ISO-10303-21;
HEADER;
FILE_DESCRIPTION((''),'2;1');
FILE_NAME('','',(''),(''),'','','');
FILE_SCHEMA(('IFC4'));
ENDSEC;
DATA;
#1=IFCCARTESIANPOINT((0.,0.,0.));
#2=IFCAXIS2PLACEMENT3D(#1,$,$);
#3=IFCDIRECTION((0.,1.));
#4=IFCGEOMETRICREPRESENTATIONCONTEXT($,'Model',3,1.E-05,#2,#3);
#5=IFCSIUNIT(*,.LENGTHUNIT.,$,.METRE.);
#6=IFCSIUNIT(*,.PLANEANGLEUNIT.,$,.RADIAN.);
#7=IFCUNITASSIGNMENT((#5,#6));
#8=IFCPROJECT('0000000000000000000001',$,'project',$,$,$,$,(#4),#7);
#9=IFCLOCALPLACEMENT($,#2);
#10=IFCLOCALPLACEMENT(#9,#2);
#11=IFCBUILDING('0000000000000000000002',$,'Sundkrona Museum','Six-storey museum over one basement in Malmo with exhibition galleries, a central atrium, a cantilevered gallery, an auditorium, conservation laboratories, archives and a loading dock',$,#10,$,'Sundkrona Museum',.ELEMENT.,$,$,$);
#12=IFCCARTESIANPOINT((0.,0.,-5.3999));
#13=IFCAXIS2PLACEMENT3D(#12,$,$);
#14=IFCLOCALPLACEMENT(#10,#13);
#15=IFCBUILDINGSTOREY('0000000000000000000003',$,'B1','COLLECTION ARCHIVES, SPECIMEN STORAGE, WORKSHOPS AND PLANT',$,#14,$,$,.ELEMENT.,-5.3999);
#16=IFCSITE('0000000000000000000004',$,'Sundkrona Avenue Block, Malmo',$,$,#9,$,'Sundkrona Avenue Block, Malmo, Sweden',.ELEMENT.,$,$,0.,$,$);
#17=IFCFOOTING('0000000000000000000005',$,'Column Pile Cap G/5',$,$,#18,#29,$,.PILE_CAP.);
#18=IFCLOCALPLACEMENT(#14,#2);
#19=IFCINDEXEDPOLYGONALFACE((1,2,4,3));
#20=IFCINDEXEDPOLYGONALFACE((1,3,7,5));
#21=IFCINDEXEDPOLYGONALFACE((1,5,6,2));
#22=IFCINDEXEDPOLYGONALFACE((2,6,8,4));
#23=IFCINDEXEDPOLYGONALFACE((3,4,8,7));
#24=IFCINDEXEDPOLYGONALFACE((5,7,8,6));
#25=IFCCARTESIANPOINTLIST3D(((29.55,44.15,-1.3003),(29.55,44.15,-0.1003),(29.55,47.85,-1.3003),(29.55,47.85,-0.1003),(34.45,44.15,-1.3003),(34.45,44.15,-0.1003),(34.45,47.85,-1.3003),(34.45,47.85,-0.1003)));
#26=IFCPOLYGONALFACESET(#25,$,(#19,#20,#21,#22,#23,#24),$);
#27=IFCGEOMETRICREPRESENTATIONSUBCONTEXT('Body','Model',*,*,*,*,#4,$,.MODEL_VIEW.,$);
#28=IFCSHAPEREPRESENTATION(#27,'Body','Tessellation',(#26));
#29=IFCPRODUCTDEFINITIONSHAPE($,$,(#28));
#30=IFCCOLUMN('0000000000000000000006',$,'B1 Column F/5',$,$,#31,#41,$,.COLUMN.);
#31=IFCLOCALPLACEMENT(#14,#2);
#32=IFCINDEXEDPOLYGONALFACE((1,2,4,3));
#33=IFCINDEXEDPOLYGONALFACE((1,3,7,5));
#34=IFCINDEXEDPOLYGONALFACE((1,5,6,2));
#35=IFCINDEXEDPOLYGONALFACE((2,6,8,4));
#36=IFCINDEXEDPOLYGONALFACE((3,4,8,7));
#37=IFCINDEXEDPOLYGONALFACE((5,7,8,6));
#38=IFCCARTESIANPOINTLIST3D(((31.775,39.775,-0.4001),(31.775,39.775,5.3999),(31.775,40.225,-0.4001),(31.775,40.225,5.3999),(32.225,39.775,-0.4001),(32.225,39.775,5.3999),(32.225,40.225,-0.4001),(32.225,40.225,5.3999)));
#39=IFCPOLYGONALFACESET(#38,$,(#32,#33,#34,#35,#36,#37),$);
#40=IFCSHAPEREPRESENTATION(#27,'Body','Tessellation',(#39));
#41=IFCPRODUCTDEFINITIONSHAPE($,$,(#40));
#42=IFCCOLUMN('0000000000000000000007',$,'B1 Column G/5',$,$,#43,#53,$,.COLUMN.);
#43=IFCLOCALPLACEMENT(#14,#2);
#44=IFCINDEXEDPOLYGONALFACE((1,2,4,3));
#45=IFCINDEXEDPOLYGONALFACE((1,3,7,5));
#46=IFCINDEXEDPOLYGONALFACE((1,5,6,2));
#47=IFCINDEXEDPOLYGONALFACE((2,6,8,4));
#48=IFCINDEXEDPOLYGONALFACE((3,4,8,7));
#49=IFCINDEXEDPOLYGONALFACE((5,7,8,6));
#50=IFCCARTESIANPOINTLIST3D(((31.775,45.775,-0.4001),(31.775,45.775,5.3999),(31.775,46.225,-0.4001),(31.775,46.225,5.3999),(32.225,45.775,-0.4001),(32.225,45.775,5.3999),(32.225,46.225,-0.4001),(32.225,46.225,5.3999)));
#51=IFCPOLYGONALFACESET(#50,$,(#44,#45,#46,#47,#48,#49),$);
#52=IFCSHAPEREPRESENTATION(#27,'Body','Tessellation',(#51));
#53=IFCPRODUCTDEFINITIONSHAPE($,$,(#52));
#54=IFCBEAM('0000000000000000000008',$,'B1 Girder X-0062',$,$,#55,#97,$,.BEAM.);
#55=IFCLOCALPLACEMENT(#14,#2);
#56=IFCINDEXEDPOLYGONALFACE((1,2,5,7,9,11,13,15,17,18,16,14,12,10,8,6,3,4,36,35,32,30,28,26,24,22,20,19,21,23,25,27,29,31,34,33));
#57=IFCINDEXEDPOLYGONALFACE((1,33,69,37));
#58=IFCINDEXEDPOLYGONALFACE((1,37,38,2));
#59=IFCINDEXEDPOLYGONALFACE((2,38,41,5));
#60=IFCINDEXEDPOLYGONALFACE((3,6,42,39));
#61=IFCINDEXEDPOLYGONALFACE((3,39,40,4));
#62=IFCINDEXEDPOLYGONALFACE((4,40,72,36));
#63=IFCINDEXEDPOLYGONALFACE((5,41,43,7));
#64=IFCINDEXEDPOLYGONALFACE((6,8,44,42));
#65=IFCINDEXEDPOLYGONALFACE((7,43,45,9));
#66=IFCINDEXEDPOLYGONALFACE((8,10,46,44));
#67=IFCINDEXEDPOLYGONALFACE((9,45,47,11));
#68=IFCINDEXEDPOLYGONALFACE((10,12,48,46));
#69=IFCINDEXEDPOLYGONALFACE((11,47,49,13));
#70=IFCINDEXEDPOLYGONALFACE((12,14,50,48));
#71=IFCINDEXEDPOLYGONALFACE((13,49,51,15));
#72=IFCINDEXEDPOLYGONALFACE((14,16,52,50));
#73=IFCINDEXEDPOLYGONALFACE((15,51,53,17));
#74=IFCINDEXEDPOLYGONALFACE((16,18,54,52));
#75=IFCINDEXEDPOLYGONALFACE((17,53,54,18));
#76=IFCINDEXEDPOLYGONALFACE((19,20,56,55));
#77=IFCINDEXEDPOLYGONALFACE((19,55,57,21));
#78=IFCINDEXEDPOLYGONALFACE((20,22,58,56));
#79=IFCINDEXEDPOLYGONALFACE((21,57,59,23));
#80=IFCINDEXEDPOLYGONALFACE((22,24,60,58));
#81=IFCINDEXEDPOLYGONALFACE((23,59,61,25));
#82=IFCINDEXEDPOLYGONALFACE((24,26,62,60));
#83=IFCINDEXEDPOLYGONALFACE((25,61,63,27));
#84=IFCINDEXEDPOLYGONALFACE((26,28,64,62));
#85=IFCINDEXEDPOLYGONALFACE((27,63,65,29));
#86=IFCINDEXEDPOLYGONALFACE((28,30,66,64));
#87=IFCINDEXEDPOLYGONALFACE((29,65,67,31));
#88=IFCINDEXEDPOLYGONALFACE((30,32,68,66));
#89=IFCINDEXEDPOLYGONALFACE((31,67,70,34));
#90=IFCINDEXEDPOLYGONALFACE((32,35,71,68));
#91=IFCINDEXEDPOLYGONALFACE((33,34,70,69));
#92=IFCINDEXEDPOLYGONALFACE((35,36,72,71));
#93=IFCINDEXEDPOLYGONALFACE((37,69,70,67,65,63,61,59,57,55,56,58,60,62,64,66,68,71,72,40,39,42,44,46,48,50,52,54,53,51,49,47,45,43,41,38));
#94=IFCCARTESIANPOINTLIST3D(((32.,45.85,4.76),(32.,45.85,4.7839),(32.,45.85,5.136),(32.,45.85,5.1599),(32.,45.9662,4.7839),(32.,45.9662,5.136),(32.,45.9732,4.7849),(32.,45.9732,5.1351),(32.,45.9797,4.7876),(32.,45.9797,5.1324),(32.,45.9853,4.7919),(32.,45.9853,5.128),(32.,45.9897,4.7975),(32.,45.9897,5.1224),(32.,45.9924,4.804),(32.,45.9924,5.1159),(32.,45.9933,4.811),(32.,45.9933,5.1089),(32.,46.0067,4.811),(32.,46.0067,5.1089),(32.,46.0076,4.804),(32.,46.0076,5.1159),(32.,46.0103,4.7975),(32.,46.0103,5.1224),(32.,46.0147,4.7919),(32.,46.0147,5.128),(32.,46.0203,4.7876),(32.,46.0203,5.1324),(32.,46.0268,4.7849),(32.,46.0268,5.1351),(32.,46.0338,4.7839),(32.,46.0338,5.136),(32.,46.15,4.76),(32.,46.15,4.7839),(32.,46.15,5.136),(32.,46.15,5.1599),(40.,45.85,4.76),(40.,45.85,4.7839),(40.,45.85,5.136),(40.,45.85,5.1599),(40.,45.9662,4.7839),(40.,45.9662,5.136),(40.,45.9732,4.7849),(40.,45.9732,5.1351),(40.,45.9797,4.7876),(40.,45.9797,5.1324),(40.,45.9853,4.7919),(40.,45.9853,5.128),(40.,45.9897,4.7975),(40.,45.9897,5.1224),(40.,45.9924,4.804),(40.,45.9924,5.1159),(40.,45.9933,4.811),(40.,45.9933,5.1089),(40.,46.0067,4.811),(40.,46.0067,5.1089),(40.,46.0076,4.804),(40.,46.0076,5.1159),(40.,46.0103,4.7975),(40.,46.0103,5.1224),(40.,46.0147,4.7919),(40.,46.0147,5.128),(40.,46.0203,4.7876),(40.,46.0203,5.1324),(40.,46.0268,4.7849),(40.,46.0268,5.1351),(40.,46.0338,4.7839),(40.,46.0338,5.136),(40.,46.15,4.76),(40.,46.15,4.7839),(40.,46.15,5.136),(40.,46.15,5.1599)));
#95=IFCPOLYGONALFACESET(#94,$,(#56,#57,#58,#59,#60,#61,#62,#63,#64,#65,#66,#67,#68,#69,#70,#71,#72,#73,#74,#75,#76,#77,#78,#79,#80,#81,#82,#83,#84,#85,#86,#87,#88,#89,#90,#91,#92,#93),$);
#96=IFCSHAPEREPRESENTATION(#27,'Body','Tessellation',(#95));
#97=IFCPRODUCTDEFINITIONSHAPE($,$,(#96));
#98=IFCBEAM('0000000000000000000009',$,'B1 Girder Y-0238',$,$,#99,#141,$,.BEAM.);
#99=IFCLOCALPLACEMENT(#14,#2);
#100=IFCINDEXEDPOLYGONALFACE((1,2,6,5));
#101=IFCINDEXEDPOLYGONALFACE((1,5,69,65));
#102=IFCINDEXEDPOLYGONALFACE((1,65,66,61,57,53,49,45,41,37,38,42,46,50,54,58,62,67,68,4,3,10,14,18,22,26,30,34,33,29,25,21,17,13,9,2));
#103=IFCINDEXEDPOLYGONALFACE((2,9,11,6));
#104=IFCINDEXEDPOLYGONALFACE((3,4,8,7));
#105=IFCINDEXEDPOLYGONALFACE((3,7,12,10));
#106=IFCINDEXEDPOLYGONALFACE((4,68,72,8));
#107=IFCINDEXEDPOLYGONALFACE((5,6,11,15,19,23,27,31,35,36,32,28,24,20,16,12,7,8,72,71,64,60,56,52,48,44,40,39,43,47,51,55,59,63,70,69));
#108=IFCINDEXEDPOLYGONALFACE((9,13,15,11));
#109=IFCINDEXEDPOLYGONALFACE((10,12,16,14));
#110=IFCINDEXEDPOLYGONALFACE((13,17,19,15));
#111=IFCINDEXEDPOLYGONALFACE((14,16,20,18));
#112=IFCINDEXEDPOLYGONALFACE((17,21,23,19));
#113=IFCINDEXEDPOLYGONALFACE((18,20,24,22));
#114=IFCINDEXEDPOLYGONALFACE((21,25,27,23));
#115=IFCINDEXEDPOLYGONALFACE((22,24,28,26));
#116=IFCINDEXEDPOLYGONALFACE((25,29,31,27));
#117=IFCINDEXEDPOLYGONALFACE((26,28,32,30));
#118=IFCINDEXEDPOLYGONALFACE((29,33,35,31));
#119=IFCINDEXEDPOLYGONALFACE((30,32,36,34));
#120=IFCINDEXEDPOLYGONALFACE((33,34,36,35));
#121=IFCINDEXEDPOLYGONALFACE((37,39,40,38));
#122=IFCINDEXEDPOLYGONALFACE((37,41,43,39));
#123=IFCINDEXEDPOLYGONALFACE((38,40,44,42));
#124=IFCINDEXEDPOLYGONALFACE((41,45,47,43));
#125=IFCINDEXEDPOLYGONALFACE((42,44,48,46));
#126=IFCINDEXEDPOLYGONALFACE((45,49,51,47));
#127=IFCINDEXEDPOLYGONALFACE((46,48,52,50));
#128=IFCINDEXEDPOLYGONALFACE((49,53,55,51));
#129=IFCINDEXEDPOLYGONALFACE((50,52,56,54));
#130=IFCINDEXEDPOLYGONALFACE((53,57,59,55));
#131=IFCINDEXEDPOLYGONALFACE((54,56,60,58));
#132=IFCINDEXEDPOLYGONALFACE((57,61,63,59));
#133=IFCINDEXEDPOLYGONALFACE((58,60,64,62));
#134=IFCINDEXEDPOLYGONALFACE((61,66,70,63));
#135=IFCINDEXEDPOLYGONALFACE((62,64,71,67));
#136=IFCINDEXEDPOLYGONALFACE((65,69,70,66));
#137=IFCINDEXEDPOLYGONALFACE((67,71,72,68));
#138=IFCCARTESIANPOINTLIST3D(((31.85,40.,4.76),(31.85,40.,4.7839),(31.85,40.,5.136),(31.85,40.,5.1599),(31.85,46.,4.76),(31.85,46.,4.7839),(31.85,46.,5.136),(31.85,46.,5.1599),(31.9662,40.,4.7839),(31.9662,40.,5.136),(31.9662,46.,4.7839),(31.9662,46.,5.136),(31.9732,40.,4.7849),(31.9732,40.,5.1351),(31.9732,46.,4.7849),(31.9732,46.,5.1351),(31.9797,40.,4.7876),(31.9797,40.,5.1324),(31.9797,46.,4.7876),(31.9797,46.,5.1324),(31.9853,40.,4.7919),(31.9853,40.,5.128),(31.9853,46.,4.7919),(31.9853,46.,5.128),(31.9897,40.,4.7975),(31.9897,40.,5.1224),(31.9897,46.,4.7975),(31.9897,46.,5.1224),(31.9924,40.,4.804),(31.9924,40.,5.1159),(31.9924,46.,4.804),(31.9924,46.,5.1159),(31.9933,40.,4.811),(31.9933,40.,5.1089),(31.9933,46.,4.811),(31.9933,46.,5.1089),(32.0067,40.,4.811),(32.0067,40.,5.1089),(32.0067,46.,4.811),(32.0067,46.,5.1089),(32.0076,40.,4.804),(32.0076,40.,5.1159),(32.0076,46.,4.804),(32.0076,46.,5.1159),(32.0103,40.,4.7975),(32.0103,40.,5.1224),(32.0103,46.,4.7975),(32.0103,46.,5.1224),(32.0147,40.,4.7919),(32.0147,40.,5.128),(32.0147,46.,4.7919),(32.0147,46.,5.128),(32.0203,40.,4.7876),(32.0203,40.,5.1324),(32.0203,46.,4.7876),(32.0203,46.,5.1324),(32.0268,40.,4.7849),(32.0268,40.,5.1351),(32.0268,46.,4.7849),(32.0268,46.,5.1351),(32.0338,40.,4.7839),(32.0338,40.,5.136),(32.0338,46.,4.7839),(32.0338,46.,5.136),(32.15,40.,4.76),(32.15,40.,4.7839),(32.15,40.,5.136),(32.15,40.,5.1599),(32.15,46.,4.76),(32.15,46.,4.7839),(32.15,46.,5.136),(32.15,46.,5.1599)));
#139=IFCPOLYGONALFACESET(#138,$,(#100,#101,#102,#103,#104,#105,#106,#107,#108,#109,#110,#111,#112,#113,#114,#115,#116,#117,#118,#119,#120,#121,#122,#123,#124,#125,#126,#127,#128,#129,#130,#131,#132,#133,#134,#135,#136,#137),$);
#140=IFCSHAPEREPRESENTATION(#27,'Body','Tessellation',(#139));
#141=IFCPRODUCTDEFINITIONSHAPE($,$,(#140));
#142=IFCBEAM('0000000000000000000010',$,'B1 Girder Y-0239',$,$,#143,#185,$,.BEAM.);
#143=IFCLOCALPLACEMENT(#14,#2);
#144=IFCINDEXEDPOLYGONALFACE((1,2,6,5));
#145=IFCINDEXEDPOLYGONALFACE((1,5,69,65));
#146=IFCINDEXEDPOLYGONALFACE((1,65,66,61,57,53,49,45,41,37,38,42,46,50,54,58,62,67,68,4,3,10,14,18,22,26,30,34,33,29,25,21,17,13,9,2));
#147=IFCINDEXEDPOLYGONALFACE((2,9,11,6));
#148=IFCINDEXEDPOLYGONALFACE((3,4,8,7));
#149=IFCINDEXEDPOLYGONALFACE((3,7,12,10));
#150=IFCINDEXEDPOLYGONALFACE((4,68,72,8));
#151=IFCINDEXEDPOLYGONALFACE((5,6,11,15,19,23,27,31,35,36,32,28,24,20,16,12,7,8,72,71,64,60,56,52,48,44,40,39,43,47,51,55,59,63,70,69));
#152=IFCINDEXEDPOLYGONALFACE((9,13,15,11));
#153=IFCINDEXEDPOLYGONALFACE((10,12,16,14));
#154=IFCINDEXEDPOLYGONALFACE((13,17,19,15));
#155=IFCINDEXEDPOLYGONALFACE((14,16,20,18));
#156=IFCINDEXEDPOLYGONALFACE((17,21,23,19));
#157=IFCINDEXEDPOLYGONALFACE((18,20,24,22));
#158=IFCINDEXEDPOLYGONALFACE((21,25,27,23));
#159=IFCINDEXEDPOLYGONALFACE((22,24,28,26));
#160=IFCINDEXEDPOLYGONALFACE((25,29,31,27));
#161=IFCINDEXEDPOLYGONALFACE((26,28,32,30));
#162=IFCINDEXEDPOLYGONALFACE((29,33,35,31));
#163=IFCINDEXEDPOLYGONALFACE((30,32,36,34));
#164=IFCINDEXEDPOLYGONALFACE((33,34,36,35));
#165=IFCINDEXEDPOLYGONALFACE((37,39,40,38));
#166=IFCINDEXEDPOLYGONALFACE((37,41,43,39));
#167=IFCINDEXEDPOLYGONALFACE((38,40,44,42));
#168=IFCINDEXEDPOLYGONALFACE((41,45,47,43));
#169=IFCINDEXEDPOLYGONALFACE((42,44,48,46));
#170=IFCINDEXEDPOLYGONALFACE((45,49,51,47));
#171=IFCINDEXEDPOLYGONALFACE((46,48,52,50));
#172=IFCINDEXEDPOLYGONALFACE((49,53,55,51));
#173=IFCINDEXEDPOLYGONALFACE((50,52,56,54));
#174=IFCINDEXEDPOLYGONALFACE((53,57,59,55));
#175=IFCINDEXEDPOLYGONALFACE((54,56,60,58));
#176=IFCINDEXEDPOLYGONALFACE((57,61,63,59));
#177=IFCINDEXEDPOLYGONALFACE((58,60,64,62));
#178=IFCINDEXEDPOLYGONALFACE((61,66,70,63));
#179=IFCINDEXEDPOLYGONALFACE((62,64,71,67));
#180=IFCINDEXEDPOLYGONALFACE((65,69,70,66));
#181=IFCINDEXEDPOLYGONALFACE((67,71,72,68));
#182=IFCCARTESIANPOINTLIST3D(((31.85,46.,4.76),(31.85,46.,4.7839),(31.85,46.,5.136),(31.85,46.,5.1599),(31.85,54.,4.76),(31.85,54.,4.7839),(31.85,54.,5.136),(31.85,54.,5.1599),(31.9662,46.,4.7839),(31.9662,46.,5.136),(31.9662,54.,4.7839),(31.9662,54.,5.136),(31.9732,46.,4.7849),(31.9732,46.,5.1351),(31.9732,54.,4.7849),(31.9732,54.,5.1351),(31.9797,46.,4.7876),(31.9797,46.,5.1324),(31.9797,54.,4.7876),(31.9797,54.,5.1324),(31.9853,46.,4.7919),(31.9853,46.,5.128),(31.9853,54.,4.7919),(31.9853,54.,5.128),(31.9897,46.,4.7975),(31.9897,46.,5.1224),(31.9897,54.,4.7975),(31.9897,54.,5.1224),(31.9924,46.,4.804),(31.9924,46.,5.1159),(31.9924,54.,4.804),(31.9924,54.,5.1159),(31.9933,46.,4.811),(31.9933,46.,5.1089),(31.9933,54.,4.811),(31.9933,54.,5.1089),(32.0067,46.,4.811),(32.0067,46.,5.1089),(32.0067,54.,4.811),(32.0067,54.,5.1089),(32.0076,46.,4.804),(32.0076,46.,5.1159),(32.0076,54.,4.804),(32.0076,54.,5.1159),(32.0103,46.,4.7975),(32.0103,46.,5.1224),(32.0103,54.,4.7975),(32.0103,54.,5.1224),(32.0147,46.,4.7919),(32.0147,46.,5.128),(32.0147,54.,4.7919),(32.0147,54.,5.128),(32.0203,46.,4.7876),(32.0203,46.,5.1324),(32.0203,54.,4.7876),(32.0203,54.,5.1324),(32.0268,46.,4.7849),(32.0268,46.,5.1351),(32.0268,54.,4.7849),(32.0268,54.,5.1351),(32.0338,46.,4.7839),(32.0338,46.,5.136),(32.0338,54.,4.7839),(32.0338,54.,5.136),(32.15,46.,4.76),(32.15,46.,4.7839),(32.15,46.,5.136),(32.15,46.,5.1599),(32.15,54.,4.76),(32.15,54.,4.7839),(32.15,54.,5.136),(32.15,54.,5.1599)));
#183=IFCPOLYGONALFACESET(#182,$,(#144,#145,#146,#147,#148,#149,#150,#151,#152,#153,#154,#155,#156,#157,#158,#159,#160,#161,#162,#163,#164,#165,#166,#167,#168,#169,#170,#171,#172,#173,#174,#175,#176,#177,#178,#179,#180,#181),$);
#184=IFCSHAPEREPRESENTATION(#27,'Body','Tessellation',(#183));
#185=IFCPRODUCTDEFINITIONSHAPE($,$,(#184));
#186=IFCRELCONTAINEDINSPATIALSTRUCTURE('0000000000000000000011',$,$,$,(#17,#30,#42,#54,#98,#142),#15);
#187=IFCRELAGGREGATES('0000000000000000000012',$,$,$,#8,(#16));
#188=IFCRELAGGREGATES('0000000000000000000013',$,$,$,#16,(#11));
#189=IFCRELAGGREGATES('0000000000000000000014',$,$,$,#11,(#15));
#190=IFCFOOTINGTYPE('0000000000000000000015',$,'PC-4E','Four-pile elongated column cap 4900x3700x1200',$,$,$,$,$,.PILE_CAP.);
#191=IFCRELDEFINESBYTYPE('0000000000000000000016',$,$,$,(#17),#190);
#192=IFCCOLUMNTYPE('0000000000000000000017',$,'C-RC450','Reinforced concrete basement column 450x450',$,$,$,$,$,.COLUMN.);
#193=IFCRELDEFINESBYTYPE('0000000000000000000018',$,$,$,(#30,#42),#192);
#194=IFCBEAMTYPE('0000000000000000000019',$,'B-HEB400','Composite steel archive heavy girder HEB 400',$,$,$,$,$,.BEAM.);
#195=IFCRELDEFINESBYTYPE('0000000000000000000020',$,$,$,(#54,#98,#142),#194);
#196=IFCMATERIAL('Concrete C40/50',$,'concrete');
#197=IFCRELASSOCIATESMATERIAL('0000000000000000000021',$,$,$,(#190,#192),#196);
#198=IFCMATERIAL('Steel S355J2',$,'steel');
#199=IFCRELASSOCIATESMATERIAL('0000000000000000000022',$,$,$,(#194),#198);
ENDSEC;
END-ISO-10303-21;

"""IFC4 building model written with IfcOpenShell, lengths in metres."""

from ifc_helpers import new_model, si_unit, direction, frame, origin, origin_2d, place, context, subcontext, project, spatial, rectangle, i_section, extrude, material, material_profile, profile_set, type_object, element, save


model = new_model("IFC4")

# Units and contexts
model_context = context("Model", 3, precision=1e-05, world=origin(), true_north=direction((0.0, 1.0)))
body_context = subcontext(model_context, "Body", "Model", "MODEL_VIEW")
ifc_project = project(units=[si_unit("LENGTHUNIT", "METRE"), si_unit("PLANEANGLEUNIT", "RADIAN")], contexts=[model_context])

# Site, building, storey
site_placement = place(None, origin())
site = spatial("IfcSite", under=ifc_project, at=site_placement, Name="Sundkrona Avenue Block, Malmo", LongName="Sundkrona Avenue Block, Malmo, Sweden", CompositionType="ELEMENT", RefElevation=0.0)
building_placement = place(site_placement, origin())
building = spatial("IfcBuilding", under=site, at=building_placement, Name="Sundkrona Museum", Description="Six-storey museum over one basement in Malmo with exhibition galleries, a central atrium, a cantilevered gallery, an auditorium, conservation laboratories, archives and a loading dock", LongName="Sundkrona Museum", CompositionType="ELEMENT")
storey_placement = place(building_placement, frame((0.0, 0.0, -5.3999)))
storey = spatial("IfcBuildingStorey", under=building, at=storey_placement, Name="B1", Description="COLLECTION ARCHIVES, SPECIMEN STORAGE, WORKSHOPS AND PLANT", CompositionType="ELEMENT", Elevation=-5.3999)

# Shared definitions
ifc_material_1 = material(Name="Concrete C40/50", Category="concrete")

# Footing
footing_type_1 = type_object("IfcFootingType", Name="PC-4E", Description="Four-pile elongated column cap 4900x3700x1200", PredefinedType="PILE_CAP", material=ifc_material_1)
footing_1_placement = place(storey_placement, frame((32.0, 46.0, -1.3003), z_axis=(0.0, 0.0, 1.0), x_axis=(1.0, 0.0, 0.0)))
element("IfcFooting", 1, at=footing_1_placement, inside=storey, type_object=footing_type_1, Name="Column Pile Cap G/5", PredefinedType="PILE_CAP", context=body_context, shape_type="SweptSolid", body=[
    extrude(rectangle(XDim=4.8999, YDim=3.7, at=origin_2d()), origin(), (0.0, 0.0, 1.0), 1.2),
])

# Columns
ifc_material_profile_1 = material_profile(ifc_material_1, rectangle(XDim=0.45, YDim=0.45, at=origin_2d()), Name="RC 450x450")
ifc_profile_set_1 = profile_set([ifc_material_profile_1], Name="Concrete C40/50")
column_type = type_object("IfcColumnType", Name="C-RC450", Description="Reinforced concrete basement column 450x450", PredefinedType="COLUMN", material=ifc_profile_set_1)
for number, where, z_axis, x_axis, name in (
    (2, (32.0, 40.0, -0.4001), (0.0, 0.0, 1.0), (1.0, 0.0, 0.0), "B1 Column F/5"),
    (3, (32.0, 46.0, -0.4001), (0.0, 0.0, 1.0), (1.0, 0.0, 0.0), "B1 Column G/5"),
):
    element("IfcColumn", number, at=place(storey_placement, frame(where, z_axis=z_axis, x_axis=x_axis)), inside=storey, type_object=column_type, Name=name, PredefinedType="COLUMN", context=body_context, shape_type="SweptSolid", body=[
        extrude(rectangle(XDim=0.45, YDim=0.45, at=origin_2d()), origin(), (0.0, 0.0, 1.0), 5.8),
    ])

# Beams
ifc_material_2 = material(Name="Steel S355J2", Category="steel")
ifc_material_profile_2 = material_profile(ifc_material_2, i_section(OverallWidth=0.3, OverallDepth=0.3999, WebThickness=0.0134, FlangeThickness=0.0239, FilletRadius=0.0271, at=origin_2d()), Name="HEB 400")
ifc_profile_set_2 = profile_set([ifc_material_profile_2], Name="Steel S355J2")
beam_type_1 = type_object("IfcBeamType", Name="B-HEB400", Description="Composite steel archive heavy girder HEB 400", PredefinedType="BEAM", material=ifc_profile_set_2)
beam_1_placement = place(storey_placement, frame((32.0, 46.0, 4.96), z_axis=(1.0, 0.0, 0.0), x_axis=(0.0, 1.0, 0.0)))
element("IfcBeam", 4, at=beam_1_placement, inside=storey, type_object=beam_type_1, Name="B1 Girder X-0062", PredefinedType="BEAM", context=body_context, shape_type="SweptSolid", body=[
    extrude(i_section(OverallWidth=0.3, OverallDepth=0.3999, WebThickness=0.0134, FlangeThickness=0.0239, FilletRadius=0.0271, at=origin_2d()), origin(), (0.0, 0.0, 1.0), 8.0),
])
beam_2_placement = place(storey_placement, frame((32.0, 40.0, 4.96), z_axis=(0.0, 1.0, 0.0), x_axis=(-1.0, 0.0, 0.0)))
element("IfcBeam", 5, at=beam_2_placement, inside=storey, type_object=beam_type_1, Name="B1 Girder Y-0238", PredefinedType="BEAM", context=body_context, shape_type="SweptSolid", body=[
    extrude(i_section(OverallWidth=0.3, OverallDepth=0.3999, WebThickness=0.0134, FlangeThickness=0.0239, FilletRadius=0.0271, at=origin_2d()), origin(), (0.0, 0.0, 1.0), 6.0),
])
beam_3_placement = place(storey_placement, frame((32.0, 46.0, 4.96), z_axis=(0.0, 1.0, 0.0), x_axis=(-1.0, 0.0, 0.0)))
element("IfcBeam", 6, at=beam_3_placement, inside=storey, type_object=beam_type_1, Name="B1 Girder Y-0239", PredefinedType="BEAM", context=body_context, shape_type="SweptSolid", body=[
    extrude(i_section(OverallWidth=0.3, OverallDepth=0.3999, WebThickness=0.0134, FlangeThickness=0.0239, FilletRadius=0.0271, at=origin_2d()), origin(), (0.0, 0.0, 1.0), 8.0),
])

save(model, "model.ifc")
